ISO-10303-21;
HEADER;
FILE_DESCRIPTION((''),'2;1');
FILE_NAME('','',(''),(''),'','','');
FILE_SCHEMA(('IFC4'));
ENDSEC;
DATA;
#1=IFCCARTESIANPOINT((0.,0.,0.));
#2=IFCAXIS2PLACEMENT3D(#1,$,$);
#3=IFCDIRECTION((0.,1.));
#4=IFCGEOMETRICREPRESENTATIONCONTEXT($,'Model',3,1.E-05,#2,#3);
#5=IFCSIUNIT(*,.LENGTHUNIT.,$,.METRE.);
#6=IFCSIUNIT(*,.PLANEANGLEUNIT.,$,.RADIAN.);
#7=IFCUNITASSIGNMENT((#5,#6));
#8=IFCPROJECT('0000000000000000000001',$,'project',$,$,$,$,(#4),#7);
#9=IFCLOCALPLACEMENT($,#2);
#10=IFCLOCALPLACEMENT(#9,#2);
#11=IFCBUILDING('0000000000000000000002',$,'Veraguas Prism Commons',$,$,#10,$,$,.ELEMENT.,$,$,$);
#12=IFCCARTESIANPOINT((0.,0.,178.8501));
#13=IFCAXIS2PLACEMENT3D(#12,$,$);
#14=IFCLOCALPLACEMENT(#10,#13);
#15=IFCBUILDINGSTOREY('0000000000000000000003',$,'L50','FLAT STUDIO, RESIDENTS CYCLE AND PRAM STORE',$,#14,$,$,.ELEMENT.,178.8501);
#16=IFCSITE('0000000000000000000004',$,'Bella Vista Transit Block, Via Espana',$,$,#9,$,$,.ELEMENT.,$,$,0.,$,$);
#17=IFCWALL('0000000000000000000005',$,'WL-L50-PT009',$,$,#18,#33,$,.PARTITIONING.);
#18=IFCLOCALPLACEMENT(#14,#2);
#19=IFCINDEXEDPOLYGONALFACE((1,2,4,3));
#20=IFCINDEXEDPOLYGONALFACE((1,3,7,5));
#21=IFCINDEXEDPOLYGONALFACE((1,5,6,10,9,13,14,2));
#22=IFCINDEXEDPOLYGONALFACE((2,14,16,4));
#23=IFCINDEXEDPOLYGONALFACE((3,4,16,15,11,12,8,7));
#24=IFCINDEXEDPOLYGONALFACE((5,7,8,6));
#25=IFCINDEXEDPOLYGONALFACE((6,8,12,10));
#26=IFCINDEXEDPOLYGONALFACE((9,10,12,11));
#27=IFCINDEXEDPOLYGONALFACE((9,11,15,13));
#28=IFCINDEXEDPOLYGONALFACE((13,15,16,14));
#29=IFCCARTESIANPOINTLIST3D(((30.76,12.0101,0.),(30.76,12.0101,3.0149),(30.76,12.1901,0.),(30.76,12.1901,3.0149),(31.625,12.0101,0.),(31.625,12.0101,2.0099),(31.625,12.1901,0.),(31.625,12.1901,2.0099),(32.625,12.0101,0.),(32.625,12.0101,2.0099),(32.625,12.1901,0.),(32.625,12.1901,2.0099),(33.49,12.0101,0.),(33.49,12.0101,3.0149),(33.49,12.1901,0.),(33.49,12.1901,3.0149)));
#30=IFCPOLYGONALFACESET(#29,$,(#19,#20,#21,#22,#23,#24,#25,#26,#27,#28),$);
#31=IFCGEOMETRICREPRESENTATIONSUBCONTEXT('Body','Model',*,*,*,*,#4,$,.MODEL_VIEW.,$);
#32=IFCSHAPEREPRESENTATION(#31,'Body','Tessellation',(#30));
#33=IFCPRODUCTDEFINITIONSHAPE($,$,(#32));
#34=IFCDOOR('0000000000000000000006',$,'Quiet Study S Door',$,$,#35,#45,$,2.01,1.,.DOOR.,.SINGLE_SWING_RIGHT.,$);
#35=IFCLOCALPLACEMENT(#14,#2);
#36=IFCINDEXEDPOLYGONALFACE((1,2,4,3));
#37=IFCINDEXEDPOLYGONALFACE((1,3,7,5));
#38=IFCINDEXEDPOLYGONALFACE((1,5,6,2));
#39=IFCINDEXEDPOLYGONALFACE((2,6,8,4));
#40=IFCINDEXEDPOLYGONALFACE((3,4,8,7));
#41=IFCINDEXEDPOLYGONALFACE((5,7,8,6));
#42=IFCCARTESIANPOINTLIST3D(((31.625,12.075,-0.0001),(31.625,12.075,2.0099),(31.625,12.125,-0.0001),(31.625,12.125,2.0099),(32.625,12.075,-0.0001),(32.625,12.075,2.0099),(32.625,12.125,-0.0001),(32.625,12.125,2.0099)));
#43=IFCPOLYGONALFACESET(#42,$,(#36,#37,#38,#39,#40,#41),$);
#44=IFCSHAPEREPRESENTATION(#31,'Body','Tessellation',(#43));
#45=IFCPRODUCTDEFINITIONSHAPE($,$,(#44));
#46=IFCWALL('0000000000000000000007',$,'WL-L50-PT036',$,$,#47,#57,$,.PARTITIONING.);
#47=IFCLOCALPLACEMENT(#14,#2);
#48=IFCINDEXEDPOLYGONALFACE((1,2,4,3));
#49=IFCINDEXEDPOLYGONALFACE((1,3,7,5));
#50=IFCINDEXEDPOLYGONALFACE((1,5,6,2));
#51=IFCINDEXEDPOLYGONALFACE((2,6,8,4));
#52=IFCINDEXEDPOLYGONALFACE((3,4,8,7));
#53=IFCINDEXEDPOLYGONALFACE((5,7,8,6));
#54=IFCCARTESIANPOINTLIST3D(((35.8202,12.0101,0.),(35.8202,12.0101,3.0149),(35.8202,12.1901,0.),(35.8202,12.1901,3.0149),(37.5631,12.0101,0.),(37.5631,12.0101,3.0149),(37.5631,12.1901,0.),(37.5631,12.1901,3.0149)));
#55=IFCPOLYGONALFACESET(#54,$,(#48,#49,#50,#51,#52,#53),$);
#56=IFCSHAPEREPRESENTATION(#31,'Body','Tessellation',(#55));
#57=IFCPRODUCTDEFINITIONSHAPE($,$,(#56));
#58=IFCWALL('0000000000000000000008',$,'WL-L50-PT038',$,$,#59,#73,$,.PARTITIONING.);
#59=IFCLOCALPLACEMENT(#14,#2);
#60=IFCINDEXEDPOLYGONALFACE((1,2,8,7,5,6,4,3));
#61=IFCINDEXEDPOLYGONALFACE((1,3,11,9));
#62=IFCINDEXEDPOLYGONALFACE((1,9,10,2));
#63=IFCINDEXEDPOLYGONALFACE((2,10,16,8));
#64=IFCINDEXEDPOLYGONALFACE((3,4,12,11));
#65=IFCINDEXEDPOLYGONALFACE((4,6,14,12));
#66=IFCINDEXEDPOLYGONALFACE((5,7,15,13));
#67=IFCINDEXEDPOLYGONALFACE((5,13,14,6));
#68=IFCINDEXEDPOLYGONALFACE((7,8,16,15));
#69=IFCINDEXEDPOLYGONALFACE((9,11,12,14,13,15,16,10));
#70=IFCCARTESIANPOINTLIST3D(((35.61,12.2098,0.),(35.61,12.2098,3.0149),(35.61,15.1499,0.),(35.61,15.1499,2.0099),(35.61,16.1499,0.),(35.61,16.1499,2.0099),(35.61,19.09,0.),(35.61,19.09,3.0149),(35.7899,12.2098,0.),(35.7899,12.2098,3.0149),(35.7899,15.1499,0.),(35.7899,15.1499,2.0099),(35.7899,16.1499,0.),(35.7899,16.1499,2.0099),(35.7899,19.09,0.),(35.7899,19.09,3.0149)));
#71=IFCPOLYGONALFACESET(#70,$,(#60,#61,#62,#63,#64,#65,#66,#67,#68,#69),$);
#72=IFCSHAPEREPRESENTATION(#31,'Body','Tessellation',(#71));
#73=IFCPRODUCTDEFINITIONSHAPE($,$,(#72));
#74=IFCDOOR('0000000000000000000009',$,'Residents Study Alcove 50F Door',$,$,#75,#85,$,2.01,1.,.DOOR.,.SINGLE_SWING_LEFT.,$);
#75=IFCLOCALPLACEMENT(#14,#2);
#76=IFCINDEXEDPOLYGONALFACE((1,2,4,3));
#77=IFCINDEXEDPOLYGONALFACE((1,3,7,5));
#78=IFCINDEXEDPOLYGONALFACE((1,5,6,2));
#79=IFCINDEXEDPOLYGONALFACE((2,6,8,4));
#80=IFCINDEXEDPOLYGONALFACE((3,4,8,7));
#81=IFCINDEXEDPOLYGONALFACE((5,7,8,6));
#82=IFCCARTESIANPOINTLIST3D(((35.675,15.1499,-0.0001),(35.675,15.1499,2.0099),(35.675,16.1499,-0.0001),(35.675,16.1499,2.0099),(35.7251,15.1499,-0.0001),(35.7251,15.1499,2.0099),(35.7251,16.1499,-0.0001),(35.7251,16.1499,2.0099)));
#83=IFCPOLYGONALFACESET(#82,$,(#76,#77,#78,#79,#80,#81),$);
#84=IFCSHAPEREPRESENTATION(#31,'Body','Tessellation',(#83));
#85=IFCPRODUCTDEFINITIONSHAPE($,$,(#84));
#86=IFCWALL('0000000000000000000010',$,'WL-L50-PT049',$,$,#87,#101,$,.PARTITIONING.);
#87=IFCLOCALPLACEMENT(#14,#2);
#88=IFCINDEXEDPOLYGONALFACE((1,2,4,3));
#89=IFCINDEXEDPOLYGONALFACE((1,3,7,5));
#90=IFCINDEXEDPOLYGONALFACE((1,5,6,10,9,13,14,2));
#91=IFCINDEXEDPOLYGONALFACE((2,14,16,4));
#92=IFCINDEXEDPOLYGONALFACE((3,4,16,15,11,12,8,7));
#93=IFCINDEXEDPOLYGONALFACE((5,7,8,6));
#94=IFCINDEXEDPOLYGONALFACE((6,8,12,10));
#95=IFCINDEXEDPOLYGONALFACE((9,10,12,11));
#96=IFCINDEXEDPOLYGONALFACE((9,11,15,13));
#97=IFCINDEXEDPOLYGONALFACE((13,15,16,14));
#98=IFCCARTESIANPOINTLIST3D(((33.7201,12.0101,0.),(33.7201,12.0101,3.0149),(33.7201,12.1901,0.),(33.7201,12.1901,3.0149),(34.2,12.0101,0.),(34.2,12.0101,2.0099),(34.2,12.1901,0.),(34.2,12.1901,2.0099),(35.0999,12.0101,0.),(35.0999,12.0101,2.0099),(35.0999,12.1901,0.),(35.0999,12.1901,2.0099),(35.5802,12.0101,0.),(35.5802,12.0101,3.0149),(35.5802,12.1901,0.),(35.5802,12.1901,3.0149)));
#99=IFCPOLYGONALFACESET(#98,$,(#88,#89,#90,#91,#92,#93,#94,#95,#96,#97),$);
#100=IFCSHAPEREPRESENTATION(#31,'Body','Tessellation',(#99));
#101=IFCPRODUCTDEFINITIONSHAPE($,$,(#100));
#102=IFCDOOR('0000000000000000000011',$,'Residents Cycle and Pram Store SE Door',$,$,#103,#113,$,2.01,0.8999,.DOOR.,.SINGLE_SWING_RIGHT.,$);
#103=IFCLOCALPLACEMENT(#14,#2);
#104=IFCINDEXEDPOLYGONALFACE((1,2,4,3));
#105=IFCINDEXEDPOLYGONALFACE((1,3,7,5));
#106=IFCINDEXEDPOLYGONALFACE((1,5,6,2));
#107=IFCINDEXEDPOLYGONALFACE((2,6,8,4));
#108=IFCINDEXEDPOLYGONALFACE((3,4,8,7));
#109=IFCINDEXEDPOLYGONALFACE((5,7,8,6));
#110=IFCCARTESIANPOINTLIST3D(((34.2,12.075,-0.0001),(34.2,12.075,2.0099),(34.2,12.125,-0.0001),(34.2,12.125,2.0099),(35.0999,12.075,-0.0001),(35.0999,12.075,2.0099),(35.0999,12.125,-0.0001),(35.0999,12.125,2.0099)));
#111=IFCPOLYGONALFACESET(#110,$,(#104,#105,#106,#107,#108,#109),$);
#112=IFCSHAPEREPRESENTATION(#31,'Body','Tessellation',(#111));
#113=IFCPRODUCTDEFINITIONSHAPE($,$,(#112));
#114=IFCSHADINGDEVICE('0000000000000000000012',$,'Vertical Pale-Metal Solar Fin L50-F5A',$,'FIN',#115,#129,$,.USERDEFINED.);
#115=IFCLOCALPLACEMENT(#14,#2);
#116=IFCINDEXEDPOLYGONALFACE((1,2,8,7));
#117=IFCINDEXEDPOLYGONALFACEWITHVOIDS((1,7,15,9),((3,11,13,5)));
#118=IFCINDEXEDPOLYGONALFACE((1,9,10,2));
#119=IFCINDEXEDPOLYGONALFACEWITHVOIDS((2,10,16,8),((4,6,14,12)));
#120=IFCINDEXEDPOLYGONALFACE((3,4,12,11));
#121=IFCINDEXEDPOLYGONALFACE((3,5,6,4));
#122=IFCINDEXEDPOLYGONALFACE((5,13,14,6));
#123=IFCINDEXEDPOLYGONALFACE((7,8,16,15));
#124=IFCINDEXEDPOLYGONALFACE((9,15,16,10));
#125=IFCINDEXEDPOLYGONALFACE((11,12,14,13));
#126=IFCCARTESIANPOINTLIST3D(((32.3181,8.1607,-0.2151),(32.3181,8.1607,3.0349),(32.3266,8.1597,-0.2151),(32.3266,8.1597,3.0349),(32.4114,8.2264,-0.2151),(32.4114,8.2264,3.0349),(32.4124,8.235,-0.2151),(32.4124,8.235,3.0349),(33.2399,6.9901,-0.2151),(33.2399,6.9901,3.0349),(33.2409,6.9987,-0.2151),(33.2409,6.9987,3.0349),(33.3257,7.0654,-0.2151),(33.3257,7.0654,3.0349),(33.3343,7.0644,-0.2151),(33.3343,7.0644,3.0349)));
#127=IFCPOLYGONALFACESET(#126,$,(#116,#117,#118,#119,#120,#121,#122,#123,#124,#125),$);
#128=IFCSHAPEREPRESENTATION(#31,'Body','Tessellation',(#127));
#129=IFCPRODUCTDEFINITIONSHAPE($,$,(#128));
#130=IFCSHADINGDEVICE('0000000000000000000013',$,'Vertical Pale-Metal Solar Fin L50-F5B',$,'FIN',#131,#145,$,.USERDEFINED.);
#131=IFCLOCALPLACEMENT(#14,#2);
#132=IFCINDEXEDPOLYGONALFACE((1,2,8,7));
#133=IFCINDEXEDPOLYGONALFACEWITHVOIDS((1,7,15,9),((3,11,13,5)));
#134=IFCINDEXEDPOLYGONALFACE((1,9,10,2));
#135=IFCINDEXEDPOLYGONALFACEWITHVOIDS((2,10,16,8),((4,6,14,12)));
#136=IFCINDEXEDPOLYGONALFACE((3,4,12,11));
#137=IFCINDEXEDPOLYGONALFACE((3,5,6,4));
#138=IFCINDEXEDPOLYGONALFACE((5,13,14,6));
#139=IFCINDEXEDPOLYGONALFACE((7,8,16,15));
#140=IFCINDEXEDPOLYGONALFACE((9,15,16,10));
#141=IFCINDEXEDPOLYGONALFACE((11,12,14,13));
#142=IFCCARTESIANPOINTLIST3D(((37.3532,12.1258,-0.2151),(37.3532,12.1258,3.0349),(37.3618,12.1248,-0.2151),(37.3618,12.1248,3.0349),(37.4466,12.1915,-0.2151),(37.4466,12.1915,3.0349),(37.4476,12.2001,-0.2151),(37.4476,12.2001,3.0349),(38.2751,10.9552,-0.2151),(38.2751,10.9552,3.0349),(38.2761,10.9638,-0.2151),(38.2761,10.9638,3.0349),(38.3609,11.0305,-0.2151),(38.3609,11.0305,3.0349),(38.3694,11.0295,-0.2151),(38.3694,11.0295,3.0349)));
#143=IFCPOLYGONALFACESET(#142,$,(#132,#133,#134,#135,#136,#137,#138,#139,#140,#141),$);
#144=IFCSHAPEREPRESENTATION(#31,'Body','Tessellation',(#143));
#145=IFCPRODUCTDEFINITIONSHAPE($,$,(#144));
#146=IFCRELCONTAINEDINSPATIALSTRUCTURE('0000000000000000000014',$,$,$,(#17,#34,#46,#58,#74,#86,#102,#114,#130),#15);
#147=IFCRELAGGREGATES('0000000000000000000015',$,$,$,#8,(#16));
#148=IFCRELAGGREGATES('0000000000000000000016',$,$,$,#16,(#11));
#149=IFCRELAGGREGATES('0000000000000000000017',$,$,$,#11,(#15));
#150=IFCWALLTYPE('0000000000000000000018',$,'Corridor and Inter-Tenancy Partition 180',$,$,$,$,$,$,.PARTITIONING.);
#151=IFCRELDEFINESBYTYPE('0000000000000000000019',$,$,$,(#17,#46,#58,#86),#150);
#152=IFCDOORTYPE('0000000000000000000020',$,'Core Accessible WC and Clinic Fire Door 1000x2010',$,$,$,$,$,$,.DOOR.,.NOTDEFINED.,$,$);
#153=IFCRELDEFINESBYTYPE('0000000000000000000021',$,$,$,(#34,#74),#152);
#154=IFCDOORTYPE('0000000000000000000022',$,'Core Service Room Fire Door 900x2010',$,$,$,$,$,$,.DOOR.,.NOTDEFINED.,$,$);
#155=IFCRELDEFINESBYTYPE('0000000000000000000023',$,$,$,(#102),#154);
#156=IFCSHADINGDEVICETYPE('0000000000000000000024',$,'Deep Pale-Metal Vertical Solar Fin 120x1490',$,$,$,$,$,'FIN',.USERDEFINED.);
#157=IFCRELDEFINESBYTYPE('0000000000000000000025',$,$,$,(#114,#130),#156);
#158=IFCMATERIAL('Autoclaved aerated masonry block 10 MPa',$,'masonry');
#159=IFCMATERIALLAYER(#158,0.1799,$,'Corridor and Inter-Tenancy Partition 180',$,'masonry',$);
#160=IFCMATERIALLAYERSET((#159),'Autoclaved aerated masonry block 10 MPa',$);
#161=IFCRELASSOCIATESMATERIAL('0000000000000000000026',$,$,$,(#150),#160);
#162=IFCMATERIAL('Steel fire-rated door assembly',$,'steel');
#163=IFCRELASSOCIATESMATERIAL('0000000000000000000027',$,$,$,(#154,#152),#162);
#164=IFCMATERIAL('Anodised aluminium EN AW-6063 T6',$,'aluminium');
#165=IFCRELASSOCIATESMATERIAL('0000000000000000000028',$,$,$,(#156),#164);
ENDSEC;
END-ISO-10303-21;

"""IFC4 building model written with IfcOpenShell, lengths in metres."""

from ifc_helpers import new_model, si_unit, direction, frame, frame_2d, origin, origin_2d, place, context, subcontext, project, spatial, rectangle, hollow_rectangle, extrude, source, transform, mapped, material, layer, layer_set, material_profile, profile_set, type_object, element, fill, save


model = new_model("IFC4")

# Units and contexts
model_context = context("Model", 3, precision=1e-05, world=origin(), true_north=direction((0.0, 1.0)))
body_context = subcontext(model_context, "Body", "Model", "MODEL_VIEW")
ifc_project = project(units=[si_unit("LENGTHUNIT", "METRE"), si_unit("PLANEANGLEUNIT", "RADIAN")], contexts=[model_context])

# Site, building, storey
site_placement = place(None, origin())
site = spatial("IfcSite", under=ifc_project, at=site_placement, Name="Bella Vista Transit Block, Via Espana", CompositionType="ELEMENT", RefElevation=0.0)
building_placement = place(site_placement, origin())
building = spatial("IfcBuilding", under=site, at=building_placement, Name="Veraguas Prism Commons", CompositionType="ELEMENT")
storey_placement = place(building_placement, frame((0.0, 0.0, 178.8501)))
storey = spatial("IfcBuildingStorey", under=building, at=storey_placement, Name="L50", Description="FLAT STUDIO, RESIDENTS CYCLE AND PRAM STORE", CompositionType="ELEMENT", Elevation=178.8501)

# Shared definitions
ifc_material_1 = material(Name="Anodised aluminium EN AW-6063 T6", Category="aluminium")

# Shared definitions
ifc_material_2 = material(Name="Autoclaved aerated masonry block 10 MPa", Category="masonry")
ifc_layer_1 = layer(ifc_material_2, 0.1799, Name="Corridor and Inter-Tenancy Partition 180", Category="masonry")
ifc_layer_set_1 = layer_set([ifc_layer_1], Name="Autoclaved aerated masonry block 10 MPa")
wall_type = type_object("IfcWallType", Name="Corridor and Inter-Tenancy Partition 180", PredefinedType="PARTITIONING", material=ifc_layer_set_1)
ifc_material_3 = material(Name="Steel fire-rated door assembly", Category="steel")
door_type_1 = type_object("IfcDoorType", Name="Core Service Room Fire Door 900x2010", OperationType="NOTDEFINED", PredefinedType="DOOR", material=ifc_material_3)
shared_shape_1 = source(origin(), body_context, "Body", "SweptSolid", [
    extrude(rectangle(XDim=0.8999, YDim=2.01, at=frame_2d((0.45, 1.0049))), frame((0.0, 0.0249, 0.0), z_axis=(0.0, -1.0, 0.0), x_axis=(1.0, 0.0, 0.0)), (0.0, 0.0, 1.0), 0.05),
])

# Wall, opening, door
wall_1_placement = place(storey_placement, frame((30.76, 12.1001, 0.0), z_axis=(0.0, 0.0, 1.0), x_axis=(1.0, 0.0, 0.0)))
wall_1 = element("IfcWall", 1, at=wall_1_placement, inside=storey, type_object=wall_type, Name="WL-L50-PT009", PredefinedType="PARTITIONING", context=body_context, shape_type="SweptSolid", body=[
    extrude(rectangle(XDim=2.73, YDim=0.1799, at=frame_2d((1.365, 0.0))), origin(), (0.0, 0.0, 1.0), 3.0149),
])
opening_1_placement = place(wall_1_placement, frame((0.865, 0.0, 0.0)))
opening_1 = element("IfcOpeningElement", 2, at=opening_1_placement, cuts=wall_1, PredefinedType="OPENING", context=body_context, shape_type="SweptSolid", body=[
    extrude(rectangle(XDim=1.0, YDim=2.01, at=frame_2d((0.5, 1.0049))), frame((0.0, 0.0999, 0.0), z_axis=(0.0, -1.0, 0.0), x_axis=(1.0, 0.0, 0.0)), (0.0, 0.0, 1.0), 0.2),
])
door_type_2 = type_object("IfcDoorType", Name="Core Accessible WC and Clinic Fire Door 1000x2010", OperationType="NOTDEFINED", PredefinedType="DOOR", material=ifc_material_3)
shared_shape_2 = source(origin(), body_context, "Body", "SweptSolid", [
    extrude(rectangle(XDim=1.0, YDim=2.01, at=frame_2d((0.5, 1.0049))), frame((0.0, 0.0249, 0.0), z_axis=(0.0, -1.0, 0.0), x_axis=(1.0, 0.0, 0.0)), (0.0, 0.0, 1.0), 0.05),
])
door_1_placement = place(opening_1_placement, origin())
door_1 = element("IfcDoor", 3, at=door_1_placement, inside=storey, type_object=door_type_2, Name="Quiet Study S Door", OperationType="SINGLE_SWING_RIGHT", OverallHeight=2.01, OverallWidth=1.0, PredefinedType="DOOR", context=body_context, shape_type="MappedRepresentation", body=[
    mapped(shared_shape_2, transform((0.0, 0.0, 0.0), scale=1.0)),
])
fill(opening_1, door_1)

# Wall
wall_2_placement = place(storey_placement, frame((35.8201, 12.1001, 0.0), z_axis=(0.0, 0.0, 1.0), x_axis=(1.0, 0.0, 0.0)))
element("IfcWall", 4, at=wall_2_placement, inside=storey, type_object=wall_type, Name="WL-L50-PT036", PredefinedType="PARTITIONING", context=body_context, shape_type="SweptSolid", body=[
    extrude(rectangle(XDim=1.7429, YDim=0.1799, at=frame_2d((0.8716, 0.0))), origin(), (0.0, 0.0, 1.0), 3.0149),
])

# Wall, opening, door
wall_3_placement = place(storey_placement, frame((35.7, 12.21, 0.0), z_axis=(0.0, 0.0, 1.0), x_axis=(0.0, 1.0, 0.0)))
wall_3 = element("IfcWall", 5, at=wall_3_placement, inside=storey, type_object=wall_type, Name="WL-L50-PT038", PredefinedType="PARTITIONING", context=body_context, shape_type="SweptSolid", body=[
    extrude(rectangle(XDim=6.8801, YDim=0.1799, at=frame_2d((3.4399, 0.0))), origin(), (0.0, 0.0, 1.0), 3.0149),
])
opening_2_placement = place(wall_3_placement, frame((2.9399, 0.0, 0.0)))
opening_2 = element("IfcOpeningElement", 6, at=opening_2_placement, cuts=wall_3, PredefinedType="OPENING", context=body_context, shape_type="SweptSolid", body=[
    extrude(rectangle(XDim=1.0, YDim=2.01, at=frame_2d((0.5, 1.0049))), frame((0.0, 0.0999, 0.0), z_axis=(0.0, -1.0, 0.0), x_axis=(1.0, 0.0, 0.0)), (0.0, 0.0, 1.0), 0.2),
])
door_2_placement = place(opening_2_placement, origin())
door_2 = element("IfcDoor", 7, at=door_2_placement, inside=storey, type_object=door_type_2, Name="Residents Study Alcove 50F Door", OperationType="SINGLE_SWING_LEFT", OverallHeight=2.01, OverallWidth=1.0, PredefinedType="DOOR", context=body_context, shape_type="MappedRepresentation", body=[
    mapped(shared_shape_2, transform((0.0, 0.0, 0.0), scale=1.0)),
])
fill(opening_2, door_2)

# Wall, opening, door
wall_4_placement = place(storey_placement, frame((33.72, 12.1001, 0.0), z_axis=(0.0, 0.0, 1.0), x_axis=(1.0, 0.0, 0.0)))
wall_4 = element("IfcWall", 8, at=wall_4_placement, inside=storey, type_object=wall_type, Name="WL-L50-PT049", PredefinedType="PARTITIONING", context=body_context, shape_type="SweptSolid", body=[
    extrude(rectangle(XDim=1.8601, YDim=0.1799, at=frame_2d((0.9302, 0.0))), origin(), (0.0, 0.0, 1.0), 3.0149),
])
opening_3_placement = place(wall_4_placement, frame((0.48, 0.0, 0.0)))
opening_3 = element("IfcOpeningElement", 9, at=opening_3_placement, cuts=wall_4, PredefinedType="OPENING", context=body_context, shape_type="SweptSolid", body=[
    extrude(rectangle(XDim=0.8999, YDim=2.01, at=frame_2d((0.45, 1.0049))), frame((0.0, 0.0999, 0.0), z_axis=(0.0, -1.0, 0.0), x_axis=(1.0, 0.0, 0.0)), (0.0, 0.0, 1.0), 0.2),
])
door_3_placement = place(opening_3_placement, origin())
door_3 = element("IfcDoor", 10, at=door_3_placement, inside=storey, type_object=door_type_1, Name="Residents Cycle and Pram Store SE Door", OperationType="SINGLE_SWING_RIGHT", OverallHeight=2.01, OverallWidth=0.8999, PredefinedType="DOOR", context=body_context, shape_type="MappedRepresentation", body=[
    mapped(shared_shape_1, transform((0.0, 0.0, 0.0), scale=1.0)),
])
fill(opening_3, door_3)

# Shading devices
ifc_material_profile_1 = material_profile(ifc_material_1, hollow_rectangle(XDim=0.1201, YDim=1.49, WallThickness=0.0061, at=origin_2d()), Name="FIN120X1490X6")
ifc_profile_set_1 = profile_set([ifc_material_profile_1], Name="Anodised aluminium EN AW-6063 T6")
shading_device_type = type_object("IfcShadingDeviceType", Name="Deep Pale-Metal Vertical Solar Fin 120x1490", ElementType="FIN", PredefinedType="USERDEFINED", material=ifc_profile_set_1)
for number, where, z_axis, x_axis, name in (
    (11, (32.8262, 7.6125, -0.2151), (0.0, 0.0, 1.0), (0.785641, 0.618683, 0.0), "Vertical Pale-Metal Solar Fin L50-F5A"),
    (12, (37.8613, 11.5776, -0.2151), (0.0, 0.0, 1.0), (0.785641, 0.618683, 0.0), "Vertical Pale-Metal Solar Fin L50-F5B"),
):
    element("IfcShadingDevice", number, at=place(storey_placement, frame(where, z_axis=z_axis, x_axis=x_axis)), inside=storey, type_object=shading_device_type, Name=name, ObjectType="FIN", PredefinedType="USERDEFINED", context=body_context, shape_type="SweptSolid", body=[
        extrude(hollow_rectangle(XDim=0.1201, YDim=1.49, WallThickness=0.0061, at=origin_2d()), origin(), (0.0, 0.0, 1.0), 3.25),
    ])

save(model, "model.ifc")
